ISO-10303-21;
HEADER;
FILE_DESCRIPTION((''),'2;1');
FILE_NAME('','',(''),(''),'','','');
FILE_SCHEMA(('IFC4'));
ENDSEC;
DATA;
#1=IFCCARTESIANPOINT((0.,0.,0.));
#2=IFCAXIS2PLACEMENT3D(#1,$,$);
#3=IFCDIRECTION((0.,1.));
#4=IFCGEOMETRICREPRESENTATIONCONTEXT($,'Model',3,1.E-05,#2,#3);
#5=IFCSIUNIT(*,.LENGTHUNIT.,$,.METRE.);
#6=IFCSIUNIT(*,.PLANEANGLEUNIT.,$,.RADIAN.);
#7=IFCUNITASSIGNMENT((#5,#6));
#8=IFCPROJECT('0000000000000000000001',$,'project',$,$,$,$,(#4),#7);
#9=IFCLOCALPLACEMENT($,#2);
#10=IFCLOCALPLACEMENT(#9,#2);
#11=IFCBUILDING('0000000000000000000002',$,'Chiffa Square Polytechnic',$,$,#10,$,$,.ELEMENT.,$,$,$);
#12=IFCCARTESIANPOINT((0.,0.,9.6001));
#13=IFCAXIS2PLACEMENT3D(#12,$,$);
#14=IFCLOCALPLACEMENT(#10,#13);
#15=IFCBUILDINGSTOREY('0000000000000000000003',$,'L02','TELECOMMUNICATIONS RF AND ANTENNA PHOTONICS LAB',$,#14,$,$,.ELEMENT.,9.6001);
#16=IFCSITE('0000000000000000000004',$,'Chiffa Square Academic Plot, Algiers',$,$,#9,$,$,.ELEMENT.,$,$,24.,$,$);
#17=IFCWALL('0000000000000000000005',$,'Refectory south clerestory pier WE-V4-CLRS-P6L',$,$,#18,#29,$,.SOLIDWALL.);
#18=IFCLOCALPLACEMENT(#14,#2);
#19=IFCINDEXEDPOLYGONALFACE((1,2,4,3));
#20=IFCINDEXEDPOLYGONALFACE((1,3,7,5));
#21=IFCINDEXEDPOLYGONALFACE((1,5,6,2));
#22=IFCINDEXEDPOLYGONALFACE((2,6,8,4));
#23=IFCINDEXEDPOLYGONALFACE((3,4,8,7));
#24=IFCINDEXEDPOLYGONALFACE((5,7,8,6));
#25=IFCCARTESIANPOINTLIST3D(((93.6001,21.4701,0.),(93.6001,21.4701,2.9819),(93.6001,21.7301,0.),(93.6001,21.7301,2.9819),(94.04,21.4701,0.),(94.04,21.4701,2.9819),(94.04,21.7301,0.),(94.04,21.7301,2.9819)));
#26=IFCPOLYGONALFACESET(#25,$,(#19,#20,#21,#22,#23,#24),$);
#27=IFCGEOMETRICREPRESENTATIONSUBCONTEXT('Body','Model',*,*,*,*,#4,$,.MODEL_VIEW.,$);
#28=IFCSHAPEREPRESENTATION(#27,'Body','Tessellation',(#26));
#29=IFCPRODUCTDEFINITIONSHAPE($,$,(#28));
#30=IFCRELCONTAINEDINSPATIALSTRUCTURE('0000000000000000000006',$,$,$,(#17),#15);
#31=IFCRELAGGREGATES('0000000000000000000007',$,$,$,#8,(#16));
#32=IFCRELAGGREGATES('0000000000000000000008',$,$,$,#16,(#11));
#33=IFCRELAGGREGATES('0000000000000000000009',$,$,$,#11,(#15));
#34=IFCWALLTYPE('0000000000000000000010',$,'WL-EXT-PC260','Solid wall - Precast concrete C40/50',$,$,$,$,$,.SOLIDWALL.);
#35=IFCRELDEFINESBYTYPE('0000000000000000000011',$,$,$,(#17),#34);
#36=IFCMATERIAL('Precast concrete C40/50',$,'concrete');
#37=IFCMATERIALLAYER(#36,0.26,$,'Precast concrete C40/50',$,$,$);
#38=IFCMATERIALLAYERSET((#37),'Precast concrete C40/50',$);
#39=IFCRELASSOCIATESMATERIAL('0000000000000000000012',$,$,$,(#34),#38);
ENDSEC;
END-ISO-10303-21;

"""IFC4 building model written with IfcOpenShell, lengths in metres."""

from ifc_helpers import new_model, si_unit, direction, frame, frame_2d, origin, place, context, subcontext, project, spatial, rectangle, extrude, material, layer, layer_set, type_object, element, save


model = new_model("IFC4")

# Units and contexts
model_context = context("Model", 3, precision=1e-05, world=origin(), true_north=direction((0.0, 1.0)))
body_context = subcontext(model_context, "Body", "Model", "MODEL_VIEW")
ifc_project = project(units=[si_unit("LENGTHUNIT", "METRE"), si_unit("PLANEANGLEUNIT", "RADIAN")], contexts=[model_context])

# Site, building, storey
site_placement = place(None, origin())
site = spatial("IfcSite", under=ifc_project, at=site_placement, Name="Chiffa Square Academic Plot, Algiers", CompositionType="ELEMENT", RefElevation=24.0)
building_placement = place(site_placement, origin())
building = spatial("IfcBuilding", under=site, at=building_placement, Name="Chiffa Square Polytechnic", CompositionType="ELEMENT")
storey_placement = place(building_placement, frame((0.0, 0.0, 9.6001)))
storey = spatial("IfcBuildingStorey", under=building, at=storey_placement, Name="L02", Description="TELECOMMUNICATIONS RF AND ANTENNA PHOTONICS LAB", CompositionType="ELEMENT", Elevation=9.6001)

# Wall
ifc_material_1 = material(Name="Precast concrete C40/50", Category="concrete")
ifc_layer_1 = layer(ifc_material_1, 0.26, Name="Precast concrete C40/50")
ifc_layer_set_1 = layer_set([ifc_layer_1], Name="Precast concrete C40/50")
wall_type = type_object("IfcWallType", Name="WL-EXT-PC260", Description="Solid wall - Precast concrete C40/50", PredefinedType="SOLIDWALL", material=ifc_layer_set_1)
wall_1_placement = place(storey_placement, frame((93.6001, 21.6001, 0.0), z_axis=(0.0, 0.0, 1.0), x_axis=(1.0, 0.0, 0.0)))
element("IfcWall", 1, at=wall_1_placement, inside=storey, type_object=wall_type, Name="Refectory south clerestory pier WE-V4-CLRS-P6L", PredefinedType="SOLIDWALL", context=body_context, shape_type="SweptSolid", body=[
    extrude(rectangle(XDim=0.4399, YDim=0.26, at=frame_2d((0.22, 0.0))), origin(), (0.0, 0.0, 1.0), 2.9819),
])

save(model, "model.ifc")
